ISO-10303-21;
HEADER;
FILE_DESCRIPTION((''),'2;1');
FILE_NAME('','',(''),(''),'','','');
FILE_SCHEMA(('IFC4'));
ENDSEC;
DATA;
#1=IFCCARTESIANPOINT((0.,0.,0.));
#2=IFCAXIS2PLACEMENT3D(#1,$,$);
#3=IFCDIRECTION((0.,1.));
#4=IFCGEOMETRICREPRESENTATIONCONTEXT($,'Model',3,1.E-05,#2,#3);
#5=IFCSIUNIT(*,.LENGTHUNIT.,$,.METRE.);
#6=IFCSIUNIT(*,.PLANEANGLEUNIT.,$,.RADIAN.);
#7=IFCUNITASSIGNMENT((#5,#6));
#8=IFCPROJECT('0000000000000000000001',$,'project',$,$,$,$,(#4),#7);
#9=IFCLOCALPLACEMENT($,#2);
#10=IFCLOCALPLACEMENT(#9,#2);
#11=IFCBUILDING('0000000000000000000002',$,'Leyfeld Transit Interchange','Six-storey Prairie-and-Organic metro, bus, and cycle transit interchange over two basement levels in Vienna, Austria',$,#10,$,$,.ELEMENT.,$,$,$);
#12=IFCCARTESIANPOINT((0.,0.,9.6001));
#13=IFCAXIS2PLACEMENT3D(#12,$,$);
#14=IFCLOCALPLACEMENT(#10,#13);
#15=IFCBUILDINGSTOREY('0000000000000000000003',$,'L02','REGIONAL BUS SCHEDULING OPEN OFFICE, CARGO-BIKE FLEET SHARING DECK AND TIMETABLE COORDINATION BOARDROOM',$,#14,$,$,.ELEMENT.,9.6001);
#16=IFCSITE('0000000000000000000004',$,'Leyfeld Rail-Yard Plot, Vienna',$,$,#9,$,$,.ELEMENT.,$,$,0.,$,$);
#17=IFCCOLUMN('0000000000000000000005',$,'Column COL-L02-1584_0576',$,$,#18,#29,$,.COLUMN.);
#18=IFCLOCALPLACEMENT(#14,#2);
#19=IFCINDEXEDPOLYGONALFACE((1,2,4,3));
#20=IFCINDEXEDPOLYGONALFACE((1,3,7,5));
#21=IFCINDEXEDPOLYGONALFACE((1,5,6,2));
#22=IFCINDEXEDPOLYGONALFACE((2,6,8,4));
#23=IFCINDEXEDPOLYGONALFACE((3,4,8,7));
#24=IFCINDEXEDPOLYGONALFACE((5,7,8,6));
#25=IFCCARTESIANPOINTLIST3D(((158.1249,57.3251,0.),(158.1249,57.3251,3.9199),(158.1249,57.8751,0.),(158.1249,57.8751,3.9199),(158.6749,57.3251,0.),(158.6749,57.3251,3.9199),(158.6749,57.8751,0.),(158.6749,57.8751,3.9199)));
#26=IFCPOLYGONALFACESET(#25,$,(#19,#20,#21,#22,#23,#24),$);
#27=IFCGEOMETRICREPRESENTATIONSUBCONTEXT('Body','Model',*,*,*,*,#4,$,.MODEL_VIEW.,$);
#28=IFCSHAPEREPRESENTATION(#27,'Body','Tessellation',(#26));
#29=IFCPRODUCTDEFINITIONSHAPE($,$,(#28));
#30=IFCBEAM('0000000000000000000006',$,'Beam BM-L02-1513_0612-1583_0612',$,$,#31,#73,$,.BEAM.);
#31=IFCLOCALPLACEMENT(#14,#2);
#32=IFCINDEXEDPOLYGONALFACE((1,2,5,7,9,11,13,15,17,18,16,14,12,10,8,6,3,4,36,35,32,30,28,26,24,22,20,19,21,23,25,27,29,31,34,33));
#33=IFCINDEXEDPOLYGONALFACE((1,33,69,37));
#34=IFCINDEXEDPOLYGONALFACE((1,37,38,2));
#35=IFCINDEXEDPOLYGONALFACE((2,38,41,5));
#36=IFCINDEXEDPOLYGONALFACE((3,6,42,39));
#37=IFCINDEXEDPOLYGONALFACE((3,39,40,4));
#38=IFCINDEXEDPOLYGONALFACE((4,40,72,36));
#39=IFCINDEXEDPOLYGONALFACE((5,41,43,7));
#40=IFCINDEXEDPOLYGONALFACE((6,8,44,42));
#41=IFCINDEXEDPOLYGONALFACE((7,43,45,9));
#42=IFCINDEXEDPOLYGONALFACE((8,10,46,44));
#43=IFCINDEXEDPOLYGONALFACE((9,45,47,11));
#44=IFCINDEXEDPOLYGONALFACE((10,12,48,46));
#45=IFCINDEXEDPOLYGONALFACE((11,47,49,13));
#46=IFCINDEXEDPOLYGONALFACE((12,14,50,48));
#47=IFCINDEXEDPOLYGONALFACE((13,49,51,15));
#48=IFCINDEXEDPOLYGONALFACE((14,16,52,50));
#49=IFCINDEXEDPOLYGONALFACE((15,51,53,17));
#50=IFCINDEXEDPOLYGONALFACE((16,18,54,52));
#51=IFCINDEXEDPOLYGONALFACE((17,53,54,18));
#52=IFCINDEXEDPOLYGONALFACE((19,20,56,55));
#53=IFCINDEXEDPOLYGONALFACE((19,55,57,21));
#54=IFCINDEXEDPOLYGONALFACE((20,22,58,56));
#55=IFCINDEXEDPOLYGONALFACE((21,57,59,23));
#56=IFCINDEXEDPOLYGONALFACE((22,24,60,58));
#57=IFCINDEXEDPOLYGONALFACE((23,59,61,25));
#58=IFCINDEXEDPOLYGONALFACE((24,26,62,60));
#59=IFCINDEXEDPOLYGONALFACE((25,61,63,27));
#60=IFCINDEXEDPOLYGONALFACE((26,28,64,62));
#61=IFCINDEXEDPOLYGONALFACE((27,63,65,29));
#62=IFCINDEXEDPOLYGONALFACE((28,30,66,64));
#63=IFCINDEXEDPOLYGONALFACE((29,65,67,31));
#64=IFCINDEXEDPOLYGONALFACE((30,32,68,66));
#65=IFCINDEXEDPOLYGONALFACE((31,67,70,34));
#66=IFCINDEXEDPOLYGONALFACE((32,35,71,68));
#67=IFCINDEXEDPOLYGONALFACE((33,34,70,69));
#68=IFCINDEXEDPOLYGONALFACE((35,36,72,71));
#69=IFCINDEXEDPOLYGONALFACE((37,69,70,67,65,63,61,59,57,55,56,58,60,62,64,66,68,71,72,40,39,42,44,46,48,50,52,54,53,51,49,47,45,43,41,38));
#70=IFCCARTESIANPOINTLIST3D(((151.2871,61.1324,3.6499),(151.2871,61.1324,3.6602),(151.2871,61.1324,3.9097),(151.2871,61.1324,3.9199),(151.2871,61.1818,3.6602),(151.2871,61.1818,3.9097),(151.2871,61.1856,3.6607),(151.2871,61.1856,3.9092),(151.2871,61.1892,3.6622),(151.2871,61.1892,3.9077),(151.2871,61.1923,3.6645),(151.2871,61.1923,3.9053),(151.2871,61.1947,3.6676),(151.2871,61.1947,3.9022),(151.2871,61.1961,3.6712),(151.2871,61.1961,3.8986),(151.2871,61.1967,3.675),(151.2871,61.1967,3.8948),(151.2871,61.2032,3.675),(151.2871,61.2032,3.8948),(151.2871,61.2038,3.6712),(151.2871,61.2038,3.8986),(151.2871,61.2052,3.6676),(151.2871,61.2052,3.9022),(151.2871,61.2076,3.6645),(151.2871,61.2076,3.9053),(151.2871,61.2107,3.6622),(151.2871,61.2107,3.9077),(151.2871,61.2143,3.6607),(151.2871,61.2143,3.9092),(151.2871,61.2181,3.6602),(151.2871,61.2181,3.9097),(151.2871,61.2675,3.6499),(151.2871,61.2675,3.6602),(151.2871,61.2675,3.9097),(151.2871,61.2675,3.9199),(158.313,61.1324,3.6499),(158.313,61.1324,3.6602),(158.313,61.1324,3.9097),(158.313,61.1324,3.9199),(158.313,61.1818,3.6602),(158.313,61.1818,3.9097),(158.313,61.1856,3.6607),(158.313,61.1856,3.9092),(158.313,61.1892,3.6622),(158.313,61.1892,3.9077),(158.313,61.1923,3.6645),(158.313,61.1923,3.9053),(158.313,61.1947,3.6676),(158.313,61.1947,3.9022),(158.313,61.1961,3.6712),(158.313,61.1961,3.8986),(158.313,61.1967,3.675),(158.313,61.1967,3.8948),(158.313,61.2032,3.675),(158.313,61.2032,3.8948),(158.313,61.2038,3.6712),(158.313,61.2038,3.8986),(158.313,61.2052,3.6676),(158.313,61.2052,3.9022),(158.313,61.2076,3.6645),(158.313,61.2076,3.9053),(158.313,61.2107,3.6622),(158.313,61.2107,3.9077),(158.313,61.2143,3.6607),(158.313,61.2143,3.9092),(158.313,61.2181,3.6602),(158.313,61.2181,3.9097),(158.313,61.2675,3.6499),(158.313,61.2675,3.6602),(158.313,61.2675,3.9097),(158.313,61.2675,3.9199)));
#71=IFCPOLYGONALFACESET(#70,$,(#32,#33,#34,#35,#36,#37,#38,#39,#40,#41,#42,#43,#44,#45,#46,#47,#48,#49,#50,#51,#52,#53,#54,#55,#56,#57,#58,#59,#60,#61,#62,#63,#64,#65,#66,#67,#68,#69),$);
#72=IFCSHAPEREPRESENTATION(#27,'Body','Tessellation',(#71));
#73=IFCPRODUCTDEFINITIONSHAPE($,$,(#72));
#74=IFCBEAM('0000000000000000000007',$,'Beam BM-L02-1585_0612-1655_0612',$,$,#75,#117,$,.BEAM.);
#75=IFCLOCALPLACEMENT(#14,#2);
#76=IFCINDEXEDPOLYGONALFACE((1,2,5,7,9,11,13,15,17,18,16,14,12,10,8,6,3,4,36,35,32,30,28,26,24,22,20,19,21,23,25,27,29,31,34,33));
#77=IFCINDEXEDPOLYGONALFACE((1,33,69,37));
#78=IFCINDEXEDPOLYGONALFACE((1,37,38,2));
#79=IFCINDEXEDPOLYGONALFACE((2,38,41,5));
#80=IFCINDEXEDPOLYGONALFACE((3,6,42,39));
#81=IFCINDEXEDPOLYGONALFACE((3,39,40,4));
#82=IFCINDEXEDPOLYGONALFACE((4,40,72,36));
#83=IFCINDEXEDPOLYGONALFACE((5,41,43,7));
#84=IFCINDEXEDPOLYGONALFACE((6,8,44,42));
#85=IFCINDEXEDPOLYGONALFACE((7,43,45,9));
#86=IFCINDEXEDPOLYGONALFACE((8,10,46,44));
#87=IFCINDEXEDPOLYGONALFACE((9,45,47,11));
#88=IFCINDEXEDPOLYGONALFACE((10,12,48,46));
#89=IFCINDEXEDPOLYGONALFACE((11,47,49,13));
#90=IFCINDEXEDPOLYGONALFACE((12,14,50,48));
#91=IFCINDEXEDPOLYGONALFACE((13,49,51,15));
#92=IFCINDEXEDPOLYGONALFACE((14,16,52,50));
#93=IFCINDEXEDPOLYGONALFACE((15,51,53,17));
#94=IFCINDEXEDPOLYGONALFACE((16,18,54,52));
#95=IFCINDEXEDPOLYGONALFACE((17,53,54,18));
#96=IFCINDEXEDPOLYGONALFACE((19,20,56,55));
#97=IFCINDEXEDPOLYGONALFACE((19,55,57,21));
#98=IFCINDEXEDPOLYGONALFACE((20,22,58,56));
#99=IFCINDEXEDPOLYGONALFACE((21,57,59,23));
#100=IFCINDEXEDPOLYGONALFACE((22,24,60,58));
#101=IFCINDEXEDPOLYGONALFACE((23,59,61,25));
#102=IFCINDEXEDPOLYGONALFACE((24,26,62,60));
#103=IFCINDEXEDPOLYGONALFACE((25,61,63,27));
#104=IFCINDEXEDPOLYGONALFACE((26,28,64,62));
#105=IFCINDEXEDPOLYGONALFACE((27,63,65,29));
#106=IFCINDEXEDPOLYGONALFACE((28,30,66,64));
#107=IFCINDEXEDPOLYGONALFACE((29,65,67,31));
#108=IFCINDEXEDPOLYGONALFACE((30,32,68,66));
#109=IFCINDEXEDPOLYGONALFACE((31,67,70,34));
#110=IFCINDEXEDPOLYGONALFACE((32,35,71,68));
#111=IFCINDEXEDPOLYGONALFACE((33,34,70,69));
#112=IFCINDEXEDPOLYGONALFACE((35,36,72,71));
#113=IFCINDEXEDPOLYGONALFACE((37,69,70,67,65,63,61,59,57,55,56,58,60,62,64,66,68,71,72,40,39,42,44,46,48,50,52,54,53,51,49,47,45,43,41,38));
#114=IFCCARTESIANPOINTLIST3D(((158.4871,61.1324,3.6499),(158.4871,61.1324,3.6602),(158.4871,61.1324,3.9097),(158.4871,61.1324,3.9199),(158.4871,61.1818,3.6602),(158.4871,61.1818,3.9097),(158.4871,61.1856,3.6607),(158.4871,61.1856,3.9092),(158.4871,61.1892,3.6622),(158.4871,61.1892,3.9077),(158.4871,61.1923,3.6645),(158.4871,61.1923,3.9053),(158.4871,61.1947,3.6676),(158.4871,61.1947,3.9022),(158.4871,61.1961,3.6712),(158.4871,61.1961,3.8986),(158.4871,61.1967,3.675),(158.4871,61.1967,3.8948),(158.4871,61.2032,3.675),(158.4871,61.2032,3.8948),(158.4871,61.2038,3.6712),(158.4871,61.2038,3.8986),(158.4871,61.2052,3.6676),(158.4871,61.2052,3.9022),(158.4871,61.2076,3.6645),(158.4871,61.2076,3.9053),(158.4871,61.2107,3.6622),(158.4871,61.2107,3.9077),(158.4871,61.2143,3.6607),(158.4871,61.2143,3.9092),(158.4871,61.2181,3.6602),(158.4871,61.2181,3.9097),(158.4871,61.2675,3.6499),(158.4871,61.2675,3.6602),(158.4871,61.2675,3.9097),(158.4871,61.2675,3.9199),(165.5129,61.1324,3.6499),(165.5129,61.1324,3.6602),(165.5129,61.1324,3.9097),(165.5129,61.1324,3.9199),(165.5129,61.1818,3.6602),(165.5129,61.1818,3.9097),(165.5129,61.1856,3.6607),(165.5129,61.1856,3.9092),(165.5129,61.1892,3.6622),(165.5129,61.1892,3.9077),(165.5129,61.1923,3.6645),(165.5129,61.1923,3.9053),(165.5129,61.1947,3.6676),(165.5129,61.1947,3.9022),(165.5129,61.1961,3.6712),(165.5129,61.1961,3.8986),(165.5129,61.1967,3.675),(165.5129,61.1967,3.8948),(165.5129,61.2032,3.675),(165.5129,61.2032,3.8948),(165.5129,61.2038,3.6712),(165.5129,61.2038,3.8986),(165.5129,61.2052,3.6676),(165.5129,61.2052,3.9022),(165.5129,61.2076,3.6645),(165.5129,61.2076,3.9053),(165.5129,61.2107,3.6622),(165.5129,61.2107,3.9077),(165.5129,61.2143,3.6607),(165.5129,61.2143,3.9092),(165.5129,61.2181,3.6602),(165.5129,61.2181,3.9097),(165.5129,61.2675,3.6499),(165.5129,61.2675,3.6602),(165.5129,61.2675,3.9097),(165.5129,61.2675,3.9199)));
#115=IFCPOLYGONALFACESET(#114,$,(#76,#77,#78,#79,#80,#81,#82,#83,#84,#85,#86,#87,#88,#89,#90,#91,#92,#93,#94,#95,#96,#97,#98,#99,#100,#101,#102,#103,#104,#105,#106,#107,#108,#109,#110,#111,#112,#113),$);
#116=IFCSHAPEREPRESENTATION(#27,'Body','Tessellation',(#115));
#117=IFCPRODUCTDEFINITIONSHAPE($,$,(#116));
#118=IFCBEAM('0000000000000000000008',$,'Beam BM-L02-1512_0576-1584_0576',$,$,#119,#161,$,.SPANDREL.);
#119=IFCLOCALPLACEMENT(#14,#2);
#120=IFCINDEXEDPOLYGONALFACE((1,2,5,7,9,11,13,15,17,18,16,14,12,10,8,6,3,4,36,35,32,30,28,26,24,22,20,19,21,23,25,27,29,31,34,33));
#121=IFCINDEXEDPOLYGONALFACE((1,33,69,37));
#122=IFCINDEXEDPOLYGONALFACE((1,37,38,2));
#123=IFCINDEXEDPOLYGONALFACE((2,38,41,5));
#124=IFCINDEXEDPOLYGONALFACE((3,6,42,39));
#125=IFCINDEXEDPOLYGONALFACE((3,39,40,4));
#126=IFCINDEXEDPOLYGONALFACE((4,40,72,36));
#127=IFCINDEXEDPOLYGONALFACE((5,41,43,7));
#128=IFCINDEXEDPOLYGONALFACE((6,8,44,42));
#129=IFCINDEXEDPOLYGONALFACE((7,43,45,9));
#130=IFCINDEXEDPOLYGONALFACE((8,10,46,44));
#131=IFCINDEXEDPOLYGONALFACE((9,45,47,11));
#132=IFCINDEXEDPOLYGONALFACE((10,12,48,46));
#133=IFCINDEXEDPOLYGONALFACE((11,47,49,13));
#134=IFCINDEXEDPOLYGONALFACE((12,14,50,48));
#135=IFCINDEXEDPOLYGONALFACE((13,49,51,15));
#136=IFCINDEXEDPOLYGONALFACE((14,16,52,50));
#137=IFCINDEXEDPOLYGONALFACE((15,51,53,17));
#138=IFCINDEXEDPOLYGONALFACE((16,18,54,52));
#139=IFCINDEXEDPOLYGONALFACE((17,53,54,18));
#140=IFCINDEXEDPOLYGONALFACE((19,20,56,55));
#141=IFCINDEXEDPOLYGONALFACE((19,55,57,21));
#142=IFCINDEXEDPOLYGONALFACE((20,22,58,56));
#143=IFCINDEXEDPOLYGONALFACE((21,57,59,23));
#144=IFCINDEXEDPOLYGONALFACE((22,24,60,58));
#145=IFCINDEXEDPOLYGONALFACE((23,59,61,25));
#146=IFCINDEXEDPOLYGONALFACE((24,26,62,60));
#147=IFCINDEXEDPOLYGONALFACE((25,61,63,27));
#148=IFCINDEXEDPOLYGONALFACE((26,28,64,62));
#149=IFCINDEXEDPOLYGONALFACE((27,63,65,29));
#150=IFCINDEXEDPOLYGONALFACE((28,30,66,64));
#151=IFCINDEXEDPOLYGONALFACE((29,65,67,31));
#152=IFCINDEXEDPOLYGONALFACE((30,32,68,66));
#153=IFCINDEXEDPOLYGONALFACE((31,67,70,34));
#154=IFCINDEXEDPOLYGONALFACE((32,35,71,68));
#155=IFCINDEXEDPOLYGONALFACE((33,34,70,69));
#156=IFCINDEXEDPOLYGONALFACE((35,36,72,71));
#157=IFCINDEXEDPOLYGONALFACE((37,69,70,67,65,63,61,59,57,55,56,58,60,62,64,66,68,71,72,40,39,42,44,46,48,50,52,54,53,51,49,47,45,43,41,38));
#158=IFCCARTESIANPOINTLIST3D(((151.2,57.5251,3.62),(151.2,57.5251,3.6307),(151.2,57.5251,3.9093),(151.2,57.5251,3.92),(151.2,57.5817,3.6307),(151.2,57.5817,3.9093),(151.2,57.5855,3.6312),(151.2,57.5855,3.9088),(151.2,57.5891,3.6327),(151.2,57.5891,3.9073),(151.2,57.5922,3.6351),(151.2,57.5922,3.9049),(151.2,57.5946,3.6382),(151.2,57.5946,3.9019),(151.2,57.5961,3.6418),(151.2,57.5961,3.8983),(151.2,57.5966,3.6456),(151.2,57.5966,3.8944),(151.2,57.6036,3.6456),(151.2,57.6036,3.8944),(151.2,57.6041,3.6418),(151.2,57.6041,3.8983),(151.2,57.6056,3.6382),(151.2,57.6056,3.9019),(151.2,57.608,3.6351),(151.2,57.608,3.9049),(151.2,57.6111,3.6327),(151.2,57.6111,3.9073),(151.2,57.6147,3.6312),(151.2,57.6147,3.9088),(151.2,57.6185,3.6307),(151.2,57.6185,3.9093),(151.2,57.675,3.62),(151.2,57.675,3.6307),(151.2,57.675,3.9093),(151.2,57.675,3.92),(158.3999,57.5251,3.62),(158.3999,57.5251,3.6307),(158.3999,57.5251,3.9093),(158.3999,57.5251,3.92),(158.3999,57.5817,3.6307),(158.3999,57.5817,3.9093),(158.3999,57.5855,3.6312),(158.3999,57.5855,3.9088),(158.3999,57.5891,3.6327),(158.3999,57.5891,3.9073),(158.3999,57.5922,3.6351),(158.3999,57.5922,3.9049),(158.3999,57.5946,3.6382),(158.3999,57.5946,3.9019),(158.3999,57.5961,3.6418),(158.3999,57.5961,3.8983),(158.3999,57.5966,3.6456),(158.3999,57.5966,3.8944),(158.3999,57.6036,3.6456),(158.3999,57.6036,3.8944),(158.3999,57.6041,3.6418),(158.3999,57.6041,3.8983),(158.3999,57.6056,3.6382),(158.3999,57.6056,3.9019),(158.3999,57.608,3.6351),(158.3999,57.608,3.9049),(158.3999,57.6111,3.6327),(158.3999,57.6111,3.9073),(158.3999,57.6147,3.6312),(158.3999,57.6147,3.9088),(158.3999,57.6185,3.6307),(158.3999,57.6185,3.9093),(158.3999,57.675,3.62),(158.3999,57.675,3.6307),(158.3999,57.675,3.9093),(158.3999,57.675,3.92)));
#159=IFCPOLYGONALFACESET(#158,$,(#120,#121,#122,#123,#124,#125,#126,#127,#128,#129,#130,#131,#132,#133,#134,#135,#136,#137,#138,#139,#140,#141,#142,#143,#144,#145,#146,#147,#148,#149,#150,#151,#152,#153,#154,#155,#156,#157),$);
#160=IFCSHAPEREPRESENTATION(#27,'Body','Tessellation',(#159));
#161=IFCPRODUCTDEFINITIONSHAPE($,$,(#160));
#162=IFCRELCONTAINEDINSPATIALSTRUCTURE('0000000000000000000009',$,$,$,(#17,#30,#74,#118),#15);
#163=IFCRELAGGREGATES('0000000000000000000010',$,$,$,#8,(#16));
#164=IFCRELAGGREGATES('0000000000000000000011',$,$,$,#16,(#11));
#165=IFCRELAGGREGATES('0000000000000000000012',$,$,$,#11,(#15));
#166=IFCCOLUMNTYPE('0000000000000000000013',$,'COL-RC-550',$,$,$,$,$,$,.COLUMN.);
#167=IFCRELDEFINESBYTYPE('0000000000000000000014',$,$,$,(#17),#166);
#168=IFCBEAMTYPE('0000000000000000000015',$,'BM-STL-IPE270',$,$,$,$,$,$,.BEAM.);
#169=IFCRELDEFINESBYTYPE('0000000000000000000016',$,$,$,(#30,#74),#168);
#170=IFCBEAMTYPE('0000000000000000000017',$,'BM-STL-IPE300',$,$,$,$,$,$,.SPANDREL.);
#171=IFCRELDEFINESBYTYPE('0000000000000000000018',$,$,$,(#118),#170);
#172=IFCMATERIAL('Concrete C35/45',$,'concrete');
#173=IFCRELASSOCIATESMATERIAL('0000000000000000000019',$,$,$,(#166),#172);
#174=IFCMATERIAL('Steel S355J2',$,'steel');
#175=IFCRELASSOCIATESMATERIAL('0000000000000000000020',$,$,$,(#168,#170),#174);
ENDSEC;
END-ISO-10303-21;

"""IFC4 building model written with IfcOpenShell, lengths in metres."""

from ifc_helpers import new_model, si_unit, direction, frame, origin, origin_2d, place, context, subcontext, project, spatial, rectangle, i_section, extrude, material, material_profile, profile_set, type_object, element, save


model = new_model("IFC4")

# Units and contexts
model_context = context("Model", 3, precision=1e-05, world=origin(), true_north=direction((0.0, 1.0)))
body_context = subcontext(model_context, "Body", "Model", "MODEL_VIEW")
ifc_project = project(units=[si_unit("LENGTHUNIT", "METRE"), si_unit("PLANEANGLEUNIT", "RADIAN")], contexts=[model_context])

# Site, building, storey
site_placement = place(None, origin())
site = spatial("IfcSite", under=ifc_project, at=site_placement, Name="Leyfeld Rail-Yard Plot, Vienna", CompositionType="ELEMENT", RefElevation=0.0)
building_placement = place(site_placement, origin())
building = spatial("IfcBuilding", under=site, at=building_placement, Name="Leyfeld Transit Interchange", Description="Six-storey Prairie-and-Organic metro, bus, and cycle transit interchange over two basement levels in Vienna, Austria", CompositionType="ELEMENT")
storey_placement = place(building_placement, frame((0.0, 0.0, 9.6001)))
storey = spatial("IfcBuildingStorey", under=building, at=storey_placement, Name="L02", Description="REGIONAL BUS SCHEDULING OPEN OFFICE, CARGO-BIKE FLEET SHARING DECK AND TIMETABLE COORDINATION BOARDROOM", CompositionType="ELEMENT", Elevation=9.6001)

# Column
ifc_material_1 = material(Name="Concrete C35/45", Category="concrete")
ifc_material_profile_1 = material_profile(ifc_material_1, rectangle(XDim=0.55, YDim=0.55, at=origin_2d()), Name="RC 550x550")
ifc_profile_set_1 = profile_set([ifc_material_profile_1], Name="Concrete C35/45")
column_type = type_object("IfcColumnType", Name="COL-RC-550", PredefinedType="COLUMN", material=ifc_profile_set_1)
column_placement = place(storey_placement, frame((158.3999, 57.6001, 0.0), z_axis=(0.0, 0.0, 1.0), x_axis=(1.0, 0.0, 0.0)))
element("IfcColumn", 1, at=column_placement, inside=storey, type_object=column_type, Name="Column COL-L02-1584_0576", PredefinedType="COLUMN", context=body_context, shape_type="SweptSolid", body=[
    extrude(rectangle(XDim=0.55, YDim=0.55, at=origin_2d()), origin(), (0.0, 0.0, 1.0), 3.9199),
])

# Beams
ifc_material_2 = material(Name="Steel S355J2", Category="steel")
ifc_material_profile_2 = material_profile(ifc_material_2, i_section(OverallWidth=0.135, OverallDepth=0.27, WebThickness=0.0066, FlangeThickness=0.0103, FilletRadius=0.0149, at=origin_2d()), Name="IPE 270")
ifc_profile_set_2 = profile_set([ifc_material_profile_2], Name="Steel S355J2")
beam_type_1 = type_object("IfcBeamType", Name="BM-STL-IPE270", PredefinedType="BEAM", material=ifc_profile_set_2)
for number, where, z_axis, x_axis, name in (
    (2, (151.2871, 61.2, 3.7849), (1.0, 0.0, 0.0), (0.0, 1.0, 0.0), "Beam BM-L02-1513_0612-1583_0612"),
    (3, (158.4871, 61.2, 3.7849), (1.0, 0.0, 0.0), (0.0, 1.0, 0.0), "Beam BM-L02-1585_0612-1655_0612"),
):
    element("IfcBeam", number, at=place(storey_placement, frame(where, z_axis=z_axis, x_axis=x_axis)), inside=storey, type_object=beam_type_1, Name=name, PredefinedType="BEAM", context=body_context, shape_type="SweptSolid", body=[
        extrude(i_section(OverallWidth=0.135, OverallDepth=0.27, WebThickness=0.0066, FlangeThickness=0.0103, FilletRadius=0.0149, at=origin_2d()), origin(), (0.0, 0.0, 1.0), 7.0259),
    ])
ifc_material_profile_3 = material_profile(ifc_material_2, i_section(OverallWidth=0.1499, OverallDepth=0.3, WebThickness=0.0071, FlangeThickness=0.0107, FilletRadius=0.0149, at=origin_2d()), Name="IPE 300")
ifc_profile_set_3 = profile_set([ifc_material_profile_3], Name="Steel S355J2")
beam_type_2 = type_object("IfcBeamType", Name="BM-STL-IPE300", PredefinedType="SPANDREL", material=ifc_profile_set_3)
beam_1_placement = place(storey_placement, frame((151.2, 57.6001, 3.77), z_axis=(1.0, 0.0, 0.0), x_axis=(0.0, 1.0, 0.0)))
element("IfcBeam", 4, at=beam_1_placement, inside=storey, type_object=beam_type_2, Name="Beam BM-L02-1512_0576-1584_0576", PredefinedType="SPANDREL", context=body_context, shape_type="SweptSolid", body=[
    extrude(i_section(OverallWidth=0.1499, OverallDepth=0.3, WebThickness=0.0071, FlangeThickness=0.0107, FilletRadius=0.0149, at=origin_2d()), origin(), (0.0, 0.0, 1.0), 7.2),
])

save(model, "model.ifc")
